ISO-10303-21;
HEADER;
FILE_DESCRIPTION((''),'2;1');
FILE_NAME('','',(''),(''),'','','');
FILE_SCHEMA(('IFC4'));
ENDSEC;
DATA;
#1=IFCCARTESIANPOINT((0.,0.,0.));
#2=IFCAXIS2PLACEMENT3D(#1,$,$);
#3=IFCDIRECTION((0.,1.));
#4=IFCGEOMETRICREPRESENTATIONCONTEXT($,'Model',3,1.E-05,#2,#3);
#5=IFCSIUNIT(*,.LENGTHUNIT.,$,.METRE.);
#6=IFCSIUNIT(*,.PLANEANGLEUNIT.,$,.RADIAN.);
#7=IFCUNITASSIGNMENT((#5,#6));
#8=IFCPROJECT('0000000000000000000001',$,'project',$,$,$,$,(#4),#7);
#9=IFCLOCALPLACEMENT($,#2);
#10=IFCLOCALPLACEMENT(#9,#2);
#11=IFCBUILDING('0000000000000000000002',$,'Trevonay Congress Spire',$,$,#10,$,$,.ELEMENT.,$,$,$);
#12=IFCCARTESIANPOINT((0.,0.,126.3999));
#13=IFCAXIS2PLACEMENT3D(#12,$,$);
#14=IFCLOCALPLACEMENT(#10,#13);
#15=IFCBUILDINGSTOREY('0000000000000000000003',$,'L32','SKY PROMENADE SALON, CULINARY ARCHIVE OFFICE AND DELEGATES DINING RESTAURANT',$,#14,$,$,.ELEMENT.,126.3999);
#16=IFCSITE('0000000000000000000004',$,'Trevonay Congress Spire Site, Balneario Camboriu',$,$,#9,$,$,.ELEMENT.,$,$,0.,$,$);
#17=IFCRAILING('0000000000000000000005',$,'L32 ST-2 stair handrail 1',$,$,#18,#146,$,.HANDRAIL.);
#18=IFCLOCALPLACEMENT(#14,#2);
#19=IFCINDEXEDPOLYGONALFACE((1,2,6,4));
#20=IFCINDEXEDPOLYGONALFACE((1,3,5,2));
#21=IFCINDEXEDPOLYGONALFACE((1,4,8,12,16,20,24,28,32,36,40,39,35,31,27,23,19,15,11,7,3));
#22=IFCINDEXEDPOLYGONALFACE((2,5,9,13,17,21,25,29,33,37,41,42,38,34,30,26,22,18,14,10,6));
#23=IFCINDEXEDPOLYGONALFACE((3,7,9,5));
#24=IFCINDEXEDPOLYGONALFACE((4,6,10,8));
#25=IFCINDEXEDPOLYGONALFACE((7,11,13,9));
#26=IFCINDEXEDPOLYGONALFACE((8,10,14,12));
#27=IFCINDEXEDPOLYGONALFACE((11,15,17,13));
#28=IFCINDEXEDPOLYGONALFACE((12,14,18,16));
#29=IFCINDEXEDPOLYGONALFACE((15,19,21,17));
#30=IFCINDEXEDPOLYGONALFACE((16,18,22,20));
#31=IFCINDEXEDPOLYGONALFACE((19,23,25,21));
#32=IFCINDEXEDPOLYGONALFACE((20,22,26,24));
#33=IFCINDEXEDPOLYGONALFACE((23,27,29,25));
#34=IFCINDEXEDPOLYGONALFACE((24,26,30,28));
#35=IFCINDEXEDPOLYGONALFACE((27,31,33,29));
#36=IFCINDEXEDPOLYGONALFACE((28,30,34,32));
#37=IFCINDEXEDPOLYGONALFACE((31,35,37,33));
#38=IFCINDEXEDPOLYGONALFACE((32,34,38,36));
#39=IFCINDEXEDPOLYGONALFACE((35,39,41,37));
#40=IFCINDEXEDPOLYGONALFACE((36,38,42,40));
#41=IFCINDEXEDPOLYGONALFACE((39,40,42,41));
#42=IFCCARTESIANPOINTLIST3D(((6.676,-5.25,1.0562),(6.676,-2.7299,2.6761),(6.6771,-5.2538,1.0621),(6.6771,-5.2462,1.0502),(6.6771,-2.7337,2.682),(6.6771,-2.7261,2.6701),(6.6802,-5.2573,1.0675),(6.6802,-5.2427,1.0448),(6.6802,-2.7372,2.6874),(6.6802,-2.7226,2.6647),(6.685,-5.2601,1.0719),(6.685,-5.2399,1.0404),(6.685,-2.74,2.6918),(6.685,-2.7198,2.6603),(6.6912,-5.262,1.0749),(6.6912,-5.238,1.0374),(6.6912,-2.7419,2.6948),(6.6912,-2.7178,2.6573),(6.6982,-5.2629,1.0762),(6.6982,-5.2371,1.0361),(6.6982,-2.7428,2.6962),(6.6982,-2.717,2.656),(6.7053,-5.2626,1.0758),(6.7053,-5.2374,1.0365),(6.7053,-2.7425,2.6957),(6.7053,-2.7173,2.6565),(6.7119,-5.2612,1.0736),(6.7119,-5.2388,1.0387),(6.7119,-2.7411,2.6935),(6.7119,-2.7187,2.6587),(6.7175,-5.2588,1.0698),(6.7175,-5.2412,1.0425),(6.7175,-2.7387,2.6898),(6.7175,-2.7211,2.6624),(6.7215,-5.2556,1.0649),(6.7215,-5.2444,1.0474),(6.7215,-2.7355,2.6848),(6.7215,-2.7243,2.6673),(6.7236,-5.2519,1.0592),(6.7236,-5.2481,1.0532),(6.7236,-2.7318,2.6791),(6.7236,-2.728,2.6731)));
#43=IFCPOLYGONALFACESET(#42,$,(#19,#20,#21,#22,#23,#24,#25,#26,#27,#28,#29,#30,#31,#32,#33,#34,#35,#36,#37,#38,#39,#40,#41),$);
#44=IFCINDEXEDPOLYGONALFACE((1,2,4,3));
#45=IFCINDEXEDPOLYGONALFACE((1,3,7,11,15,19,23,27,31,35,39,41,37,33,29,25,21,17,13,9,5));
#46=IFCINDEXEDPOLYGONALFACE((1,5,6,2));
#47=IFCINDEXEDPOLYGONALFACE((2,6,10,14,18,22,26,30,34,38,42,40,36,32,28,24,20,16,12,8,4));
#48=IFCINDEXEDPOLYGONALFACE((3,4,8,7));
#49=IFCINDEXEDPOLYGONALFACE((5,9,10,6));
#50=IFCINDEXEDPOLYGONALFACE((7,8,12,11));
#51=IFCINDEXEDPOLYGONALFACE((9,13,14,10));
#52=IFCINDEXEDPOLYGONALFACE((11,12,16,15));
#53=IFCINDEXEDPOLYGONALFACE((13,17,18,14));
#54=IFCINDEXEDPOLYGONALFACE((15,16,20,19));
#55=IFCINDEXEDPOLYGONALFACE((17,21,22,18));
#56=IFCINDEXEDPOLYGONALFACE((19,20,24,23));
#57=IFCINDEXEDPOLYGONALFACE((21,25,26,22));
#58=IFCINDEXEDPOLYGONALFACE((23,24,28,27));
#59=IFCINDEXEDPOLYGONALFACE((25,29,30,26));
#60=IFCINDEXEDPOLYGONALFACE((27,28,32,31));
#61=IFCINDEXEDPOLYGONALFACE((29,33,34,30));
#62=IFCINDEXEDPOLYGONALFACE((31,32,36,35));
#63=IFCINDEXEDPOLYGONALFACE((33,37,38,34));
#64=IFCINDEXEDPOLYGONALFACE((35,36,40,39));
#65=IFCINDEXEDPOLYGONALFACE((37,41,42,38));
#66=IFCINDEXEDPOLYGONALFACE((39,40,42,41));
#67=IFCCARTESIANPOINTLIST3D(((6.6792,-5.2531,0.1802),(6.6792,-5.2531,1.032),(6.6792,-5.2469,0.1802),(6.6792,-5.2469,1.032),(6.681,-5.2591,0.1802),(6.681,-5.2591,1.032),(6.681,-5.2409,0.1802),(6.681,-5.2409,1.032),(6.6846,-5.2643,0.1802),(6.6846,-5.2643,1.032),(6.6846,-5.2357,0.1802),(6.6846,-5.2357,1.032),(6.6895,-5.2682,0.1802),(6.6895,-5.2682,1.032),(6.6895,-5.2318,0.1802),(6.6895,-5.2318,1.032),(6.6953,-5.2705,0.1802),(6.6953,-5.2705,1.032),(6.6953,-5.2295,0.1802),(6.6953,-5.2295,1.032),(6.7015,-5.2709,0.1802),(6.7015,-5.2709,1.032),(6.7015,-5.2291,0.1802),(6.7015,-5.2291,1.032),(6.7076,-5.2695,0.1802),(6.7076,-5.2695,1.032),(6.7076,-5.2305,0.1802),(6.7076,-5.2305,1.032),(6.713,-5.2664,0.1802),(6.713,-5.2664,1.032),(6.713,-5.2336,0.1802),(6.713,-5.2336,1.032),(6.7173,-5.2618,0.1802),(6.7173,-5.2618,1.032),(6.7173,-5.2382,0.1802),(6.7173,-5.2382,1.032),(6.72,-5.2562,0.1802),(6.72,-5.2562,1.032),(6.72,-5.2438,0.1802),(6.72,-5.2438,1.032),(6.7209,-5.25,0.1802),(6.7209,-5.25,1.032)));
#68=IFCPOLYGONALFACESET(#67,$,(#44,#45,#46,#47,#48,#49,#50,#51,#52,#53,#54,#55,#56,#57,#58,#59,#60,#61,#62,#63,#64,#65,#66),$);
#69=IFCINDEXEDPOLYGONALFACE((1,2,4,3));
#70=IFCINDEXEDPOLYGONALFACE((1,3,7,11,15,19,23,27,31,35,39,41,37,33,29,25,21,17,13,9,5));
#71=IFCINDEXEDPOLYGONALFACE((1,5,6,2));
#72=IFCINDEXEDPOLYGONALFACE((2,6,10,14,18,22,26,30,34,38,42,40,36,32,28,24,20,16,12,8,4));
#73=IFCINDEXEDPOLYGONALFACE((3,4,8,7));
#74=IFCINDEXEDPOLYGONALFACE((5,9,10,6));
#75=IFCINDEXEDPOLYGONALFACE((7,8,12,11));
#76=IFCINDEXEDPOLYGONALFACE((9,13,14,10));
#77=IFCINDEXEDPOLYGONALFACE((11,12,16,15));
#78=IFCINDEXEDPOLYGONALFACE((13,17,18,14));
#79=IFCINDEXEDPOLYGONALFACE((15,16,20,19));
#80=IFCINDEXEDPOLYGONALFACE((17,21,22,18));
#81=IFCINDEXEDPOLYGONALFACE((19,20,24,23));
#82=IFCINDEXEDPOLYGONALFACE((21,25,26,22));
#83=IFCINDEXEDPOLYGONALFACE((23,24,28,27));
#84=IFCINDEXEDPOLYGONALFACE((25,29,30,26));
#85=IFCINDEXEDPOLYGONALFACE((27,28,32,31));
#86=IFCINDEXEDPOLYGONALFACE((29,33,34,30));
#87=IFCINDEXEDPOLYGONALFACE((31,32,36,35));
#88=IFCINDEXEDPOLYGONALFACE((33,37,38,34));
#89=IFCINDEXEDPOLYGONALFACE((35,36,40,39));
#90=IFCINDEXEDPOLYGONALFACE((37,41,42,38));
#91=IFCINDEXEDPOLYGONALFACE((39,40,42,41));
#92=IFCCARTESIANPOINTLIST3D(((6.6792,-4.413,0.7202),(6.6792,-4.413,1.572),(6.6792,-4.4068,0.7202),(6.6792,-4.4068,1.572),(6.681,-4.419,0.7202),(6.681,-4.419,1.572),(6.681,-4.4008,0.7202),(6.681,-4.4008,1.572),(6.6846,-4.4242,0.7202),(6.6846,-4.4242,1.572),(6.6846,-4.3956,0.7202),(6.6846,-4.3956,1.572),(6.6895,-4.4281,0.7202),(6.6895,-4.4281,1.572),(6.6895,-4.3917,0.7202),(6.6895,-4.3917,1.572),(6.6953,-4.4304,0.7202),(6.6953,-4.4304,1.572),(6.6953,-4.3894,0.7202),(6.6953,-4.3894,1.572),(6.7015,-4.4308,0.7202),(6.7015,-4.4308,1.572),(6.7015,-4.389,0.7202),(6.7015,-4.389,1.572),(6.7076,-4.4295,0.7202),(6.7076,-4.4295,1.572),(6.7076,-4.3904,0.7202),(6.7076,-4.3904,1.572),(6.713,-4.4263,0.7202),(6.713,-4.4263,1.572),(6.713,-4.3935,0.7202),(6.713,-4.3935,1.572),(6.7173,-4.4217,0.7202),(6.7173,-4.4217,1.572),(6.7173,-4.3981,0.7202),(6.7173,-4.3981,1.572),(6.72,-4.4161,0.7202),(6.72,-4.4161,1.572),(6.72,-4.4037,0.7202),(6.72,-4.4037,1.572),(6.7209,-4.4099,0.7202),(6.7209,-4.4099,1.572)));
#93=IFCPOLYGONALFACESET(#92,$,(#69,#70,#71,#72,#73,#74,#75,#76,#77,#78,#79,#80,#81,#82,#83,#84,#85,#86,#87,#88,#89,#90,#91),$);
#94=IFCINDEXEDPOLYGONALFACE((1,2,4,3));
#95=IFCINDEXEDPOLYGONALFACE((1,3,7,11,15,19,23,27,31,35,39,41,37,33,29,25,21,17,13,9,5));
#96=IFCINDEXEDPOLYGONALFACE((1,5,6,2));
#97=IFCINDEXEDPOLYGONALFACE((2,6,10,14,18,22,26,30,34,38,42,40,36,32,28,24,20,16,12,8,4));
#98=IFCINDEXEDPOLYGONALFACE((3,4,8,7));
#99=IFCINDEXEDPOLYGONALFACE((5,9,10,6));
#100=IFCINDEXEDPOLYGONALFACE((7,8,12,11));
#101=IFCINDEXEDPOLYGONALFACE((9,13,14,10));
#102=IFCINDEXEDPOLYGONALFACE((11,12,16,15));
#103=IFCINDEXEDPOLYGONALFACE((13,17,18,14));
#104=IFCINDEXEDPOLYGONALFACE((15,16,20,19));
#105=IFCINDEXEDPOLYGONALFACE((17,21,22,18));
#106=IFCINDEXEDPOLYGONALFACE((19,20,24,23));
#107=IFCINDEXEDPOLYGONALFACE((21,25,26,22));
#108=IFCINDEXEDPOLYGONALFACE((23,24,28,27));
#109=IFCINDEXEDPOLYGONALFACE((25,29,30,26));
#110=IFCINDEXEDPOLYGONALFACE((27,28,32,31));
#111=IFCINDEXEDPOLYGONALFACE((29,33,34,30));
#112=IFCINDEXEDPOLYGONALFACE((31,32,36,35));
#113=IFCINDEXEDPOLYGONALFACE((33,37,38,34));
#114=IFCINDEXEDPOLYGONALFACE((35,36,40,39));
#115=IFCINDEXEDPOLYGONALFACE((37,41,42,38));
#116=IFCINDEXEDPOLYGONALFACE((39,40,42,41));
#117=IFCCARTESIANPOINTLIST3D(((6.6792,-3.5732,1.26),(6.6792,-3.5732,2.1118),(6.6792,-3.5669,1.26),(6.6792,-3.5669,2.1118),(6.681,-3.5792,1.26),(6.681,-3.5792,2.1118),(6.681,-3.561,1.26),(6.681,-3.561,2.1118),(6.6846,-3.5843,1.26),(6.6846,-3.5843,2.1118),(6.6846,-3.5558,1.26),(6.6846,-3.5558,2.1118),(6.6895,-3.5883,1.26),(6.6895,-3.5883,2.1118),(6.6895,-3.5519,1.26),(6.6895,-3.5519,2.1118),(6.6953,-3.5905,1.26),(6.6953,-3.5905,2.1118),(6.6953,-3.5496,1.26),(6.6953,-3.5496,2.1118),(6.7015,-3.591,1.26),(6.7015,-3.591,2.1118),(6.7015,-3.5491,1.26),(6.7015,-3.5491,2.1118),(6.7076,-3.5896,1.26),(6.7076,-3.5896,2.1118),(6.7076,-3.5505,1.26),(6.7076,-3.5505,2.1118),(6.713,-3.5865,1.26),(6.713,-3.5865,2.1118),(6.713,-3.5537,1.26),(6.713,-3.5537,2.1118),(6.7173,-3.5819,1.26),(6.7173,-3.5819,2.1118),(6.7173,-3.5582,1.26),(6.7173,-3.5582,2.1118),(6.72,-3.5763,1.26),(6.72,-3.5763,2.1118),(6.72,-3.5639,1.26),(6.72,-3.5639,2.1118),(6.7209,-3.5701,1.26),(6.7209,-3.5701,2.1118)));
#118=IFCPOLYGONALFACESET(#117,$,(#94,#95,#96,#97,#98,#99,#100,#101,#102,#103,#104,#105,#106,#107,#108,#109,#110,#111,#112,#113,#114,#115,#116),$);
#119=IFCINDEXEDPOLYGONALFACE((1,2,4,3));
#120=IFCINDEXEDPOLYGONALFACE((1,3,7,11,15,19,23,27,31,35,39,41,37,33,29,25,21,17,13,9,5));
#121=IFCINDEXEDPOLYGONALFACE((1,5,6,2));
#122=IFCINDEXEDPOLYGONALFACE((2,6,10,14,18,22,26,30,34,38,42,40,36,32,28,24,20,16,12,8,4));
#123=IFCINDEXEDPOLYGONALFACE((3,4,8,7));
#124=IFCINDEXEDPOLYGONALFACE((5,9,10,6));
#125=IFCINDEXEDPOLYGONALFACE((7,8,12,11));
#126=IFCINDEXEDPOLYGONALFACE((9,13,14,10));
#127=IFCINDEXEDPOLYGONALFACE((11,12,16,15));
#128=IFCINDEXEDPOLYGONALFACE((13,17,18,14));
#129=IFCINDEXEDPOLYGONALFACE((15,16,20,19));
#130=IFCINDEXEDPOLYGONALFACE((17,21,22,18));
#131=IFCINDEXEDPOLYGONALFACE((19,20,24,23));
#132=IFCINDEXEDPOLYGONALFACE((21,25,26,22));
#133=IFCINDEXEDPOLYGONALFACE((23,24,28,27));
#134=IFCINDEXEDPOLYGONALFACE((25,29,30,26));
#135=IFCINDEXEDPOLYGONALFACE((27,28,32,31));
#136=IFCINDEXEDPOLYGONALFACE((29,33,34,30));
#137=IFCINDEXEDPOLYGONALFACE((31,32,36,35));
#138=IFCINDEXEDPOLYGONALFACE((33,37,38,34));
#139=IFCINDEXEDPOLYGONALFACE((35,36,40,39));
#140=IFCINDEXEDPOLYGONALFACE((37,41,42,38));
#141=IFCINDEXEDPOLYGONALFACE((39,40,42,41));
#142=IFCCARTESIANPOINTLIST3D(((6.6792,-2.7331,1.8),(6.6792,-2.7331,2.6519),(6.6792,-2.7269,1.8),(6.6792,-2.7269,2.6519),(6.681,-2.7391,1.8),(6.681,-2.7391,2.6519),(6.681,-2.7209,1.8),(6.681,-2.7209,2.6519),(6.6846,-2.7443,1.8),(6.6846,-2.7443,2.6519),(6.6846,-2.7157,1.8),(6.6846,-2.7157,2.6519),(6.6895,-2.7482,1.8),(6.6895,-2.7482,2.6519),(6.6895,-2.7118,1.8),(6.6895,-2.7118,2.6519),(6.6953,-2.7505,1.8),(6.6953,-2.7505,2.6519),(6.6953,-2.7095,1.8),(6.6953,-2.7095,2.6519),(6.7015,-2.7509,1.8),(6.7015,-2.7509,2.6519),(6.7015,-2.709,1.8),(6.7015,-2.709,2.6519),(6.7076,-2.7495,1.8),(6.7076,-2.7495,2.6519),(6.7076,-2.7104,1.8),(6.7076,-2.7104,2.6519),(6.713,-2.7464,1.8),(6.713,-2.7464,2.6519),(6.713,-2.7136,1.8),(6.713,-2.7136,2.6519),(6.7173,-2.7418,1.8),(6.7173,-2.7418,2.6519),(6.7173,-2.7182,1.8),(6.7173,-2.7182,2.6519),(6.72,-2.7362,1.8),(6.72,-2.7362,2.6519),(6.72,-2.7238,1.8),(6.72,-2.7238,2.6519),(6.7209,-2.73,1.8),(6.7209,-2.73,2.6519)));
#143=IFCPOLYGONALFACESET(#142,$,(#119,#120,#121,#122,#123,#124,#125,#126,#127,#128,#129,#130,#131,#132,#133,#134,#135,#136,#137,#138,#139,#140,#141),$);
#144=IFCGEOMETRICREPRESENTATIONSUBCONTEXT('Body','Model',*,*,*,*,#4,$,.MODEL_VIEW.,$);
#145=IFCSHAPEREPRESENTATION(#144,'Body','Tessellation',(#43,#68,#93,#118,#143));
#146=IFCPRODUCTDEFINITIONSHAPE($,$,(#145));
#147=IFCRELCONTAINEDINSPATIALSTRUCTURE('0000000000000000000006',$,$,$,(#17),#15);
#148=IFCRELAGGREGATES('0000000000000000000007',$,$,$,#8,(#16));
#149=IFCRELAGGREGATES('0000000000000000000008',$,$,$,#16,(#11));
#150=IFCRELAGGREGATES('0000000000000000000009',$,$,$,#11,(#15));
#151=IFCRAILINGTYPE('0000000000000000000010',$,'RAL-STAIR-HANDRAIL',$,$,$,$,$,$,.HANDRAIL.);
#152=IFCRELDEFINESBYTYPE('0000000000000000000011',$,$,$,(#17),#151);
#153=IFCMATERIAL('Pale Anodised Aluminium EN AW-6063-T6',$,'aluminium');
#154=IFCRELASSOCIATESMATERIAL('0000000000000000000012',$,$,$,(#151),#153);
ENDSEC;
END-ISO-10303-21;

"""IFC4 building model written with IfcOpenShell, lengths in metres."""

from ifc_helpers import new_model, si_unit, direction, frame, origin, origin_2d, place, context, subcontext, project, spatial, circle, extrude, material, type_object, element, save


model = new_model("IFC4")

# Units and contexts
model_context = context("Model", 3, precision=1e-05, world=origin(), true_north=direction((0.0, 1.0)))
body_context = subcontext(model_context, "Body", "Model", "MODEL_VIEW")
ifc_project = project(units=[si_unit("LENGTHUNIT", "METRE"), si_unit("PLANEANGLEUNIT", "RADIAN")], contexts=[model_context])

# Site, building, storey
site_placement = place(None, origin())
site = spatial("IfcSite", under=ifc_project, at=site_placement, Name="Trevonay Congress Spire Site, Balneario Camboriu", CompositionType="ELEMENT", RefElevation=0.0)
building_placement = place(site_placement, origin())
building = spatial("IfcBuilding", under=site, at=building_placement, Name="Trevonay Congress Spire", CompositionType="ELEMENT")
storey_placement = place(building_placement, frame((0.0, 0.0, 126.3999)))
storey = spatial("IfcBuildingStorey", under=building, at=storey_placement, Name="L32", Description="SKY PROMENADE SALON, CULINARY ARCHIVE OFFICE AND DELEGATES DINING RESTAURANT", CompositionType="ELEMENT", Elevation=126.3999)

# Shared definitions
ifc_material_1 = material(Name="Pale Anodised Aluminium EN AW-6063-T6", Category="aluminium")

# Railing
railing_type_1 = type_object("IfcRailingType", Name="RAL-STAIR-HANDRAIL", PredefinedType="HANDRAIL", material=ifc_material_1)
railing_1_placement = place(storey_placement, frame((6.7, -5.25, 0.1802)))
element("IfcRailing", 1, at=railing_1_placement, inside=storey, type_object=railing_type_1, Name="L32 ST-2 stair handrail 1", PredefinedType="HANDRAIL", context=body_context, shape_type="SweptSolid", body=[
    extrude(circle(Radius=0.0239, at=origin_2d()), frame((0.0, 0.0, 0.876), z_axis=(0.0, 0.8412, 0.540725), x_axis=(-1.0, 0.0, 0.0)), (0.0, 0.0, 1.0), 2.9958),
    extrude(circle(Radius=0.021, at=origin_2d()), origin(), (0.0, 0.0, 1.0), 0.8518),
    extrude(circle(Radius=0.021, at=origin_2d()), frame((0.0, 0.8401, 0.54)), (0.0, 0.0, 1.0), 0.8518),
    extrude(circle(Radius=0.021, at=origin_2d()), frame((0.0, 1.6799, 1.0798)), (0.0, 0.0, 1.0), 0.8518),
    extrude(circle(Radius=0.021, at=origin_2d()), frame((0.0, 2.52, 1.6199)), (0.0, 0.0, 1.0), 0.8518),
])

save(model, "model.ifc")
